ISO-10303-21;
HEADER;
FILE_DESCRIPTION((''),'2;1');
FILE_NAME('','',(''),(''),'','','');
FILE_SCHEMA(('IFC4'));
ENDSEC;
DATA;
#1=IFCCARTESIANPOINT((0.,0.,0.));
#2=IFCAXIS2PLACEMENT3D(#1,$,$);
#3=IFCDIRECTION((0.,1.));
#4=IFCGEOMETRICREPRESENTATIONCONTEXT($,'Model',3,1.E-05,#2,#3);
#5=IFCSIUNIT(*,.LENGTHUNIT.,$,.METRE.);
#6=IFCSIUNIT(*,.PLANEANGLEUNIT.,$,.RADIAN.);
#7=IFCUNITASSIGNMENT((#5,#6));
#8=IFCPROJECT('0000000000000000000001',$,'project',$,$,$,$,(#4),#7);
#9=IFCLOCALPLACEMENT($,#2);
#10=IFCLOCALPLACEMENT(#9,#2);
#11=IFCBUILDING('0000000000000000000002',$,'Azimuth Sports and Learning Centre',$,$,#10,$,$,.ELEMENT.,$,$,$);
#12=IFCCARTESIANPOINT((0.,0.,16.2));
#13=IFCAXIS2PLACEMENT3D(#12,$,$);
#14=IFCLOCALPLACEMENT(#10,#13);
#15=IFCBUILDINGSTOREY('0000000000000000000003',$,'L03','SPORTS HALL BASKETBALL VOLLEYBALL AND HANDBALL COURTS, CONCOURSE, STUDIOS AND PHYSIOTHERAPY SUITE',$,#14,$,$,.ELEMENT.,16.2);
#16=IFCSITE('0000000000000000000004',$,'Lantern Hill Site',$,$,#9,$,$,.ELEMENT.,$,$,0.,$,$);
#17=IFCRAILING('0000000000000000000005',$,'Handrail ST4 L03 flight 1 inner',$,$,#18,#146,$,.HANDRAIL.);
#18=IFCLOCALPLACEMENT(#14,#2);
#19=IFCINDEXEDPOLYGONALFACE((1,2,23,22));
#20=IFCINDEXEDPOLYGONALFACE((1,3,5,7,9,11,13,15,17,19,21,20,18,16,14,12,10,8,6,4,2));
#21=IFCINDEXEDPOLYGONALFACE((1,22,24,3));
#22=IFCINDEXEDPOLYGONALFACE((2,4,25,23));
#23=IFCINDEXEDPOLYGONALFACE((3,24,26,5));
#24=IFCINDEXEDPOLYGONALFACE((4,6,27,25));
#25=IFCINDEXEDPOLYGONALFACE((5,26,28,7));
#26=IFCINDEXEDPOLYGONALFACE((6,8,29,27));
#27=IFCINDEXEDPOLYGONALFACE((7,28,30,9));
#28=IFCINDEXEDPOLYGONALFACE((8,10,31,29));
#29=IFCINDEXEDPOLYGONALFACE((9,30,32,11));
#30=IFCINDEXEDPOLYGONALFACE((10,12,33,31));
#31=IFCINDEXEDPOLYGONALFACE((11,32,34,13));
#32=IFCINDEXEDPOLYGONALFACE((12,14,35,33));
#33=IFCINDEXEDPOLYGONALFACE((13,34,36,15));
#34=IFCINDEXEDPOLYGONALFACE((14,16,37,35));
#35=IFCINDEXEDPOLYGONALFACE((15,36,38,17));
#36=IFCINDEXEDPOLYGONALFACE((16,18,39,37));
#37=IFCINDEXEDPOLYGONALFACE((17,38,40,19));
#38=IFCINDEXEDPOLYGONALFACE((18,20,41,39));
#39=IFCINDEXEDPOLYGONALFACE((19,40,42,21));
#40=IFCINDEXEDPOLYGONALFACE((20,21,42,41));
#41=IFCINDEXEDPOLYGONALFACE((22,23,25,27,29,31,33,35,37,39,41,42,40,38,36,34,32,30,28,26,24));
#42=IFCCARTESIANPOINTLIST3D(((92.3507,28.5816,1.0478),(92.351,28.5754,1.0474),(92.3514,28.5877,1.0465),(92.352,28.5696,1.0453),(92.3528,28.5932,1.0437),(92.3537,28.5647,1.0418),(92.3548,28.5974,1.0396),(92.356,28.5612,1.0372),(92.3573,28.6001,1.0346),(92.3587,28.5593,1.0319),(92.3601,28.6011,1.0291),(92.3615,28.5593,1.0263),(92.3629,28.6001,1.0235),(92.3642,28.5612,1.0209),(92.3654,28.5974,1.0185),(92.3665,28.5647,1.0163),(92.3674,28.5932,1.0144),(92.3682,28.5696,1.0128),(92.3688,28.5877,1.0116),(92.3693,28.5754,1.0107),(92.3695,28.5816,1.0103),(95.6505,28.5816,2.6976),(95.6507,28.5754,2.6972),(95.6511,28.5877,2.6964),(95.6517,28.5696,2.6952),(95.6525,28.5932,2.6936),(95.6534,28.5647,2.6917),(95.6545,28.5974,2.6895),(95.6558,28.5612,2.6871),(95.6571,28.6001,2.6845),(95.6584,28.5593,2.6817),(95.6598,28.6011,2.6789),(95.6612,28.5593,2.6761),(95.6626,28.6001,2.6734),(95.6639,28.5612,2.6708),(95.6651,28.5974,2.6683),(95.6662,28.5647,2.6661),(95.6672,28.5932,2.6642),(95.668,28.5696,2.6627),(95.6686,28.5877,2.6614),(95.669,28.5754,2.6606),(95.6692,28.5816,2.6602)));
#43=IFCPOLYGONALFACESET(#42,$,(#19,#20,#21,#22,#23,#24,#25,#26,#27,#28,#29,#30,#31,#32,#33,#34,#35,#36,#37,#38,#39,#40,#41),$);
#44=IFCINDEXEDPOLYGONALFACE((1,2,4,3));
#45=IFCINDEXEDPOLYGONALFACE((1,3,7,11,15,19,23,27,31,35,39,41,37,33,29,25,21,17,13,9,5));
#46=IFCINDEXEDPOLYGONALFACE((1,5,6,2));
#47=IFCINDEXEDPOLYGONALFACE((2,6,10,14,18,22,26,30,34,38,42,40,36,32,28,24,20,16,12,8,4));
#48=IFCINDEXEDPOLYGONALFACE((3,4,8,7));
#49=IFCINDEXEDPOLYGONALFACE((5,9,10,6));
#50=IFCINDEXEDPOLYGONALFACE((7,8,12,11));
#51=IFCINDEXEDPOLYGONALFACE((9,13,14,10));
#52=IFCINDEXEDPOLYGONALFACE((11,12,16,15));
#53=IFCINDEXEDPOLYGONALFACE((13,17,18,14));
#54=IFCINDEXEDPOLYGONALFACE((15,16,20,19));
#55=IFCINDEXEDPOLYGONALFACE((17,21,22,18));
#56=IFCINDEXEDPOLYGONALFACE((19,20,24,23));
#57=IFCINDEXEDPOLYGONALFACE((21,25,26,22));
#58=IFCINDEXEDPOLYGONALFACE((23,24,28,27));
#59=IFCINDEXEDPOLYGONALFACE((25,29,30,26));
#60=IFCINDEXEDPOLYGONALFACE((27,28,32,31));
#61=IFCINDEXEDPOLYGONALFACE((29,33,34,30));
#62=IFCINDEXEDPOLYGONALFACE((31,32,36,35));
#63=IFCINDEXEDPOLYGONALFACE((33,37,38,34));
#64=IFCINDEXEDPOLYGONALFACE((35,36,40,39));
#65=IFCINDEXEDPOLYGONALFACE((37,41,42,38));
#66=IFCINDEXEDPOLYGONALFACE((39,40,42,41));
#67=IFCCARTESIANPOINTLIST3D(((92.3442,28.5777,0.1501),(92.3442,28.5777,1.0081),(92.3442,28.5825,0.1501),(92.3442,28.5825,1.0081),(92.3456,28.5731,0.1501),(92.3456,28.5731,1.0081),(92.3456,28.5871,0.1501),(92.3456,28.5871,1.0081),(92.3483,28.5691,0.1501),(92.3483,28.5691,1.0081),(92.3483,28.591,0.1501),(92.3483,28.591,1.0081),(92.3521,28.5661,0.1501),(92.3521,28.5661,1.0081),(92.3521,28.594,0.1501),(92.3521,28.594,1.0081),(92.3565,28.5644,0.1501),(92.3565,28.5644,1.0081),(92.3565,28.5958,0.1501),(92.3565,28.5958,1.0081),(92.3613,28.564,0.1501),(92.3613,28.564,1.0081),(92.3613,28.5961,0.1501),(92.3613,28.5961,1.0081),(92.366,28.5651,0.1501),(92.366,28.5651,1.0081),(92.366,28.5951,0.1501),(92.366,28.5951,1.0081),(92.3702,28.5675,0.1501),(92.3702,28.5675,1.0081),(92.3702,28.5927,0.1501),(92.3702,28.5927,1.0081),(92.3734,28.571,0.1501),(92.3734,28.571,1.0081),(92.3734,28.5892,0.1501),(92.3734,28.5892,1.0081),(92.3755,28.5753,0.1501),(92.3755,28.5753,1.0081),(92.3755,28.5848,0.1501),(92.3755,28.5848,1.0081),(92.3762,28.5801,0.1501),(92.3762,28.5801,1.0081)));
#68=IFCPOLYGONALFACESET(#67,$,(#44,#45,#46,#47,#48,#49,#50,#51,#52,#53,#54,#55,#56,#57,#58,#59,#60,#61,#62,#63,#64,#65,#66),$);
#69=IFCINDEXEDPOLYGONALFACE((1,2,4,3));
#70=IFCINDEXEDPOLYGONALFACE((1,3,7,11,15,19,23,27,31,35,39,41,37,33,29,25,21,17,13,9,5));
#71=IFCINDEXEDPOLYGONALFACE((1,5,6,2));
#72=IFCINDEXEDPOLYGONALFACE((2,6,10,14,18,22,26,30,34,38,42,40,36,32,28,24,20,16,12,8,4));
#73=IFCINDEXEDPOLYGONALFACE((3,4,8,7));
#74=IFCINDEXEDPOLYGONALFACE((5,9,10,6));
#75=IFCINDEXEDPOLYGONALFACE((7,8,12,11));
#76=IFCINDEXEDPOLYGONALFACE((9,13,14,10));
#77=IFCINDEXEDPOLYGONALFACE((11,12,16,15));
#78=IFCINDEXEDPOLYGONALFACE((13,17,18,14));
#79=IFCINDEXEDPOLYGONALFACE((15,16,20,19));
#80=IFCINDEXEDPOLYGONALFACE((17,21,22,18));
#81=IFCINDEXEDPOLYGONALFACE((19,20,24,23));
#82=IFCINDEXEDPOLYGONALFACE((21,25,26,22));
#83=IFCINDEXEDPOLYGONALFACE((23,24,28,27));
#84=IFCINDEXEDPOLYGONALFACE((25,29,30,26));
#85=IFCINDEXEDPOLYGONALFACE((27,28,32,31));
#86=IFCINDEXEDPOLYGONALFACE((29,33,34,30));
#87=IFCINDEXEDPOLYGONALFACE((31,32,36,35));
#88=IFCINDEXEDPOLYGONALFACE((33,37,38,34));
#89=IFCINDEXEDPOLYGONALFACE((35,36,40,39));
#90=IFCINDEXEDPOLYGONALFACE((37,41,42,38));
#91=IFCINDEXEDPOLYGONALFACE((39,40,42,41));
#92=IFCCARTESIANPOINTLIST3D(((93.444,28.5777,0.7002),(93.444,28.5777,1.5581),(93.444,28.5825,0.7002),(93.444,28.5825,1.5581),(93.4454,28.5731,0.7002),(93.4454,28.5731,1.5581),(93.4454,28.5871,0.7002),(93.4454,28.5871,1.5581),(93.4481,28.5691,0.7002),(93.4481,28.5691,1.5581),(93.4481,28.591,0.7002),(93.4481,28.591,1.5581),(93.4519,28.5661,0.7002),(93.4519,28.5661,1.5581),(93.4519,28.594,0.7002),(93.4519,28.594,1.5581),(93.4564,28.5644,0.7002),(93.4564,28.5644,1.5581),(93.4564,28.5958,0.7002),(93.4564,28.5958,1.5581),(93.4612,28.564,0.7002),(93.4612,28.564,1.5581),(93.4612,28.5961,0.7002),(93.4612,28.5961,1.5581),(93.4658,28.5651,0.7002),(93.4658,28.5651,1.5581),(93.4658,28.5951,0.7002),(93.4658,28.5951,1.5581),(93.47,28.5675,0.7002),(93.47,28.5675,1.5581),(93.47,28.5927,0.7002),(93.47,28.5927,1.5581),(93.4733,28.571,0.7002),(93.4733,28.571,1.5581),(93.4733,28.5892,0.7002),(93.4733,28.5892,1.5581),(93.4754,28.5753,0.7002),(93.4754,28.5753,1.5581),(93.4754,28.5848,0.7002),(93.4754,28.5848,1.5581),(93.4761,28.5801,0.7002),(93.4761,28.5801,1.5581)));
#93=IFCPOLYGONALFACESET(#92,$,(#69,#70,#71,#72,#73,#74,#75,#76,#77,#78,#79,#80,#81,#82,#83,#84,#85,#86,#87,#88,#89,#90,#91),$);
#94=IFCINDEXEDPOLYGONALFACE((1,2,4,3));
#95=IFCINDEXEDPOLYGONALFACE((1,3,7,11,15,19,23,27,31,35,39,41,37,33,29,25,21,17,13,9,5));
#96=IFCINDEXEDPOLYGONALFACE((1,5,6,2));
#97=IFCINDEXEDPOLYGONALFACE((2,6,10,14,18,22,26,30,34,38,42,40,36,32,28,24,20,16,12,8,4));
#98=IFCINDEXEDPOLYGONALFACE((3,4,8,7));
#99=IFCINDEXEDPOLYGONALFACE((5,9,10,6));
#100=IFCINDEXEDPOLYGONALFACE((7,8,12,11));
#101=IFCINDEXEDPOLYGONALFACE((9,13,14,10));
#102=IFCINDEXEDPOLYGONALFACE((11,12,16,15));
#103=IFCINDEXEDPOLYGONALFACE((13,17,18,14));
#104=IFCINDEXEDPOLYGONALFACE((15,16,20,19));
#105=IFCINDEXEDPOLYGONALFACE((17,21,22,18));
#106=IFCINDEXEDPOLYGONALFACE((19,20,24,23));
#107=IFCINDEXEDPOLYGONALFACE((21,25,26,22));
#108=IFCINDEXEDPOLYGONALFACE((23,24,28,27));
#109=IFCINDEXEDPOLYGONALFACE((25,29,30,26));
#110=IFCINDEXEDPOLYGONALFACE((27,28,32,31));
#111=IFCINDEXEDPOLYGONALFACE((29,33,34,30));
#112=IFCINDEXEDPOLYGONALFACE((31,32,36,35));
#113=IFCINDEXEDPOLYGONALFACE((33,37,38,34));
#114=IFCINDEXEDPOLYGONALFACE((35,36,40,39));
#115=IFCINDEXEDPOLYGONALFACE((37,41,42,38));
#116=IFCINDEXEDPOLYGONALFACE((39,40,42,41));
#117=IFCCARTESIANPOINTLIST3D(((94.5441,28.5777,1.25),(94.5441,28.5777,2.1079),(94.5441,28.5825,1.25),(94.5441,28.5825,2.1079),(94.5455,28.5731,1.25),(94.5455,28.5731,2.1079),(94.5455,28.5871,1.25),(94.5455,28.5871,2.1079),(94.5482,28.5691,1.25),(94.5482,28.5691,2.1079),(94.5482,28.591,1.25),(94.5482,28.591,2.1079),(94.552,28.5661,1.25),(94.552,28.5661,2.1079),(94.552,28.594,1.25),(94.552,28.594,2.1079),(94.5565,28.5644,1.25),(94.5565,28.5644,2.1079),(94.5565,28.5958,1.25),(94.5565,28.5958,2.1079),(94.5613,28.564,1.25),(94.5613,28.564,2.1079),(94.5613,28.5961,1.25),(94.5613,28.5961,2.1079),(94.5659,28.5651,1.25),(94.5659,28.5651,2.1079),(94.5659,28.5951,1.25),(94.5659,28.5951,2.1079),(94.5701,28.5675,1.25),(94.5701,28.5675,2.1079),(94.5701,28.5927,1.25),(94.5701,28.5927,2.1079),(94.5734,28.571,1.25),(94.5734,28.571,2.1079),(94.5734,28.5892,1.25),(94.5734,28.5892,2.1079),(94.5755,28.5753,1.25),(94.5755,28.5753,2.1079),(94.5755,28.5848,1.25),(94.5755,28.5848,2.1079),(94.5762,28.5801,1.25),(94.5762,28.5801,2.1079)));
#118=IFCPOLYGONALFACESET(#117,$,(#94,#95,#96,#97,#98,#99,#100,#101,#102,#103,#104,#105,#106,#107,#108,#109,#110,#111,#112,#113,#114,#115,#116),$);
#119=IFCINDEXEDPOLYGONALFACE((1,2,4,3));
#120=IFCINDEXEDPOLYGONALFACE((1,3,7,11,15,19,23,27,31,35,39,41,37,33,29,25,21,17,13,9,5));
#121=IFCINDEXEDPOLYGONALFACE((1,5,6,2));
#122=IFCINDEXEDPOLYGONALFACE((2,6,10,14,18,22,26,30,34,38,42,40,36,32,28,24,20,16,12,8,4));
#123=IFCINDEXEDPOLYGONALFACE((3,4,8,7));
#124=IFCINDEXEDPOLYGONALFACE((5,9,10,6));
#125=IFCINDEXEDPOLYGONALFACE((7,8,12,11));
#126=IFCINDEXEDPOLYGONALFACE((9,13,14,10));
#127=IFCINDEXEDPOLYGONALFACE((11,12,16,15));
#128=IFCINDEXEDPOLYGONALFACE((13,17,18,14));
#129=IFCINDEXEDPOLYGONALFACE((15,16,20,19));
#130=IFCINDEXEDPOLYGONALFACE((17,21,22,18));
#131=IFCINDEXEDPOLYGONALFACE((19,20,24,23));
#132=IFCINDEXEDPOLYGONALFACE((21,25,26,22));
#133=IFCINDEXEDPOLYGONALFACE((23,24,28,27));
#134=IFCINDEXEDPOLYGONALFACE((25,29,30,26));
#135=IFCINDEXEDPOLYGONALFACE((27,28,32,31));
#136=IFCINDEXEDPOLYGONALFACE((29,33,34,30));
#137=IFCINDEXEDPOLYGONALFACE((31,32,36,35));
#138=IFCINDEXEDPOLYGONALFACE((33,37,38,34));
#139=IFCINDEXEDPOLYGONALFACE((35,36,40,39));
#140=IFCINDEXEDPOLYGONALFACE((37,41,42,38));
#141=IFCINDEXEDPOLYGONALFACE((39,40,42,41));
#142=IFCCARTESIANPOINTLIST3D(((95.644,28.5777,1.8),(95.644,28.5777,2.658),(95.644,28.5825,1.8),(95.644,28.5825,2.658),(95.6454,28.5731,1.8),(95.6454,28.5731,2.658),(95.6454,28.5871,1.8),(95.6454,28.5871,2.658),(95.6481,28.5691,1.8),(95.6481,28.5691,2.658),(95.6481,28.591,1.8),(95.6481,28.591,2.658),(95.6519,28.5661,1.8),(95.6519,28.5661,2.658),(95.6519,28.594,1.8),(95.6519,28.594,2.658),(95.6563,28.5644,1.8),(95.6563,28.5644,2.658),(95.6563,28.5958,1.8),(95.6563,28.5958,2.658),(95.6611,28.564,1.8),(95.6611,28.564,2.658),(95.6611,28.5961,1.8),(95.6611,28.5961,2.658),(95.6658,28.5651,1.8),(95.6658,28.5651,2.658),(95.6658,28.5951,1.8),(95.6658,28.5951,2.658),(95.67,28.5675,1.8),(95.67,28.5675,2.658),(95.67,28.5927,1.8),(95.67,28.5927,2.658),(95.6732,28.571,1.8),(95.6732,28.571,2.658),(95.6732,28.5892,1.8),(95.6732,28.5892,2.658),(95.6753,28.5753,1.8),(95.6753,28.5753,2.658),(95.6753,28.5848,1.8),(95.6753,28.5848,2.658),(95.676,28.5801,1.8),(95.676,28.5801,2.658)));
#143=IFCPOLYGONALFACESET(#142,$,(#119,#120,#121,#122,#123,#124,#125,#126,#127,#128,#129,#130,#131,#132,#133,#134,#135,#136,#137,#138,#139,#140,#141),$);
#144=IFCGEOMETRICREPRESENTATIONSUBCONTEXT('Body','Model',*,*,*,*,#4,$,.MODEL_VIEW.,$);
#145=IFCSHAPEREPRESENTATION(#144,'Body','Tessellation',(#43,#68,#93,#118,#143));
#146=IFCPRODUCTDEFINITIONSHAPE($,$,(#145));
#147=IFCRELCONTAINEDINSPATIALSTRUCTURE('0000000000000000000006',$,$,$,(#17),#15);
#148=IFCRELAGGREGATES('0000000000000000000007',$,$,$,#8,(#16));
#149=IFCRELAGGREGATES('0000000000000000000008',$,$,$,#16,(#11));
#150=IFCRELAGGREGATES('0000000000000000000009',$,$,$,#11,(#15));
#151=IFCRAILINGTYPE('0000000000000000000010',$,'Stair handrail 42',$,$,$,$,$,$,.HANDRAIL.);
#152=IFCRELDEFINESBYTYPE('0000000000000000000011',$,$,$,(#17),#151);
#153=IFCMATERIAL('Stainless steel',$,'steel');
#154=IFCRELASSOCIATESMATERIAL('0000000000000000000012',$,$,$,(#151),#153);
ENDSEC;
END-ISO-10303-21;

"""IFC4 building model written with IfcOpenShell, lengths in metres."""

from ifc_helpers import new_model, si_unit, direction, frame, origin, origin_2d, place, context, subcontext, project, spatial, circle, extrude, material, type_object, element, save


model = new_model("IFC4")

# Units and contexts
model_context = context("Model", 3, precision=1e-05, world=origin(), true_north=direction((0.0, 1.0)))
body_context = subcontext(model_context, "Body", "Model", "MODEL_VIEW")
ifc_project = project(units=[si_unit("LENGTHUNIT", "METRE"), si_unit("PLANEANGLEUNIT", "RADIAN")], contexts=[model_context])

# Site, building, storey
site_placement = place(None, origin())
site = spatial("IfcSite", under=ifc_project, at=site_placement, Name="Lantern Hill Site", CompositionType="ELEMENT", RefElevation=0.0)
building_placement = place(site_placement, origin())
building = spatial("IfcBuilding", under=site, at=building_placement, Name="Azimuth Sports and Learning Centre", CompositionType="ELEMENT")
storey_placement = place(building_placement, frame((0.0, 0.0, 16.2)))
storey = spatial("IfcBuildingStorey", under=building, at=storey_placement, Name="L03", Description="SPORTS HALL BASKETBALL VOLLEYBALL AND HANDBALL COURTS, CONCOURSE, STUDIOS AND PHYSIOTHERAPY SUITE", CompositionType="ELEMENT", Elevation=16.2)

# Railing
ifc_material_1 = material(Name="Stainless steel", Category="steel")
railing_type_1 = type_object("IfcRailingType", Name="Stair handrail 42", PredefinedType="HANDRAIL", material=ifc_material_1)
for number, where, name in (
    (1, (92.3601, 28.5801, 0.1501), "Handrail ST4 L03 flight 1 inner"),
):
    element("IfcRailing", number, at=place(storey_placement, frame(where)), inside=storey, type_object=railing_type_1, Name=name, PredefinedType="HANDRAIL", context=body_context, shape_type="SweptSolid", body=[
        extrude(circle(Radius=0.021, at=origin_2d()), frame((0.0, 0.0, 0.8789), z_axis=(0.894427, 0.0, 0.447214), x_axis=(0.0, 1.0, 0.0)), (0.0, 0.0, 1.0), 3.6892),
        extrude(circle(Radius=0.0161, at=origin_2d()), origin(), (0.0, 0.0, 1.0), 0.8579),
        extrude(circle(Radius=0.0161, at=origin_2d()), frame((1.0999, 0.0, 0.55)), (0.0, 0.0, 1.0), 0.8579),
        extrude(circle(Radius=0.0161, at=origin_2d()), frame((2.2, 0.0, 1.0999)), (0.0, 0.0, 1.0), 0.8579),
        extrude(circle(Radius=0.0161, at=origin_2d()), frame((3.2998, 0.0, 1.6499)), (0.0, 0.0, 1.0), 0.8579),
    ])

save(model, "model.ifc")
